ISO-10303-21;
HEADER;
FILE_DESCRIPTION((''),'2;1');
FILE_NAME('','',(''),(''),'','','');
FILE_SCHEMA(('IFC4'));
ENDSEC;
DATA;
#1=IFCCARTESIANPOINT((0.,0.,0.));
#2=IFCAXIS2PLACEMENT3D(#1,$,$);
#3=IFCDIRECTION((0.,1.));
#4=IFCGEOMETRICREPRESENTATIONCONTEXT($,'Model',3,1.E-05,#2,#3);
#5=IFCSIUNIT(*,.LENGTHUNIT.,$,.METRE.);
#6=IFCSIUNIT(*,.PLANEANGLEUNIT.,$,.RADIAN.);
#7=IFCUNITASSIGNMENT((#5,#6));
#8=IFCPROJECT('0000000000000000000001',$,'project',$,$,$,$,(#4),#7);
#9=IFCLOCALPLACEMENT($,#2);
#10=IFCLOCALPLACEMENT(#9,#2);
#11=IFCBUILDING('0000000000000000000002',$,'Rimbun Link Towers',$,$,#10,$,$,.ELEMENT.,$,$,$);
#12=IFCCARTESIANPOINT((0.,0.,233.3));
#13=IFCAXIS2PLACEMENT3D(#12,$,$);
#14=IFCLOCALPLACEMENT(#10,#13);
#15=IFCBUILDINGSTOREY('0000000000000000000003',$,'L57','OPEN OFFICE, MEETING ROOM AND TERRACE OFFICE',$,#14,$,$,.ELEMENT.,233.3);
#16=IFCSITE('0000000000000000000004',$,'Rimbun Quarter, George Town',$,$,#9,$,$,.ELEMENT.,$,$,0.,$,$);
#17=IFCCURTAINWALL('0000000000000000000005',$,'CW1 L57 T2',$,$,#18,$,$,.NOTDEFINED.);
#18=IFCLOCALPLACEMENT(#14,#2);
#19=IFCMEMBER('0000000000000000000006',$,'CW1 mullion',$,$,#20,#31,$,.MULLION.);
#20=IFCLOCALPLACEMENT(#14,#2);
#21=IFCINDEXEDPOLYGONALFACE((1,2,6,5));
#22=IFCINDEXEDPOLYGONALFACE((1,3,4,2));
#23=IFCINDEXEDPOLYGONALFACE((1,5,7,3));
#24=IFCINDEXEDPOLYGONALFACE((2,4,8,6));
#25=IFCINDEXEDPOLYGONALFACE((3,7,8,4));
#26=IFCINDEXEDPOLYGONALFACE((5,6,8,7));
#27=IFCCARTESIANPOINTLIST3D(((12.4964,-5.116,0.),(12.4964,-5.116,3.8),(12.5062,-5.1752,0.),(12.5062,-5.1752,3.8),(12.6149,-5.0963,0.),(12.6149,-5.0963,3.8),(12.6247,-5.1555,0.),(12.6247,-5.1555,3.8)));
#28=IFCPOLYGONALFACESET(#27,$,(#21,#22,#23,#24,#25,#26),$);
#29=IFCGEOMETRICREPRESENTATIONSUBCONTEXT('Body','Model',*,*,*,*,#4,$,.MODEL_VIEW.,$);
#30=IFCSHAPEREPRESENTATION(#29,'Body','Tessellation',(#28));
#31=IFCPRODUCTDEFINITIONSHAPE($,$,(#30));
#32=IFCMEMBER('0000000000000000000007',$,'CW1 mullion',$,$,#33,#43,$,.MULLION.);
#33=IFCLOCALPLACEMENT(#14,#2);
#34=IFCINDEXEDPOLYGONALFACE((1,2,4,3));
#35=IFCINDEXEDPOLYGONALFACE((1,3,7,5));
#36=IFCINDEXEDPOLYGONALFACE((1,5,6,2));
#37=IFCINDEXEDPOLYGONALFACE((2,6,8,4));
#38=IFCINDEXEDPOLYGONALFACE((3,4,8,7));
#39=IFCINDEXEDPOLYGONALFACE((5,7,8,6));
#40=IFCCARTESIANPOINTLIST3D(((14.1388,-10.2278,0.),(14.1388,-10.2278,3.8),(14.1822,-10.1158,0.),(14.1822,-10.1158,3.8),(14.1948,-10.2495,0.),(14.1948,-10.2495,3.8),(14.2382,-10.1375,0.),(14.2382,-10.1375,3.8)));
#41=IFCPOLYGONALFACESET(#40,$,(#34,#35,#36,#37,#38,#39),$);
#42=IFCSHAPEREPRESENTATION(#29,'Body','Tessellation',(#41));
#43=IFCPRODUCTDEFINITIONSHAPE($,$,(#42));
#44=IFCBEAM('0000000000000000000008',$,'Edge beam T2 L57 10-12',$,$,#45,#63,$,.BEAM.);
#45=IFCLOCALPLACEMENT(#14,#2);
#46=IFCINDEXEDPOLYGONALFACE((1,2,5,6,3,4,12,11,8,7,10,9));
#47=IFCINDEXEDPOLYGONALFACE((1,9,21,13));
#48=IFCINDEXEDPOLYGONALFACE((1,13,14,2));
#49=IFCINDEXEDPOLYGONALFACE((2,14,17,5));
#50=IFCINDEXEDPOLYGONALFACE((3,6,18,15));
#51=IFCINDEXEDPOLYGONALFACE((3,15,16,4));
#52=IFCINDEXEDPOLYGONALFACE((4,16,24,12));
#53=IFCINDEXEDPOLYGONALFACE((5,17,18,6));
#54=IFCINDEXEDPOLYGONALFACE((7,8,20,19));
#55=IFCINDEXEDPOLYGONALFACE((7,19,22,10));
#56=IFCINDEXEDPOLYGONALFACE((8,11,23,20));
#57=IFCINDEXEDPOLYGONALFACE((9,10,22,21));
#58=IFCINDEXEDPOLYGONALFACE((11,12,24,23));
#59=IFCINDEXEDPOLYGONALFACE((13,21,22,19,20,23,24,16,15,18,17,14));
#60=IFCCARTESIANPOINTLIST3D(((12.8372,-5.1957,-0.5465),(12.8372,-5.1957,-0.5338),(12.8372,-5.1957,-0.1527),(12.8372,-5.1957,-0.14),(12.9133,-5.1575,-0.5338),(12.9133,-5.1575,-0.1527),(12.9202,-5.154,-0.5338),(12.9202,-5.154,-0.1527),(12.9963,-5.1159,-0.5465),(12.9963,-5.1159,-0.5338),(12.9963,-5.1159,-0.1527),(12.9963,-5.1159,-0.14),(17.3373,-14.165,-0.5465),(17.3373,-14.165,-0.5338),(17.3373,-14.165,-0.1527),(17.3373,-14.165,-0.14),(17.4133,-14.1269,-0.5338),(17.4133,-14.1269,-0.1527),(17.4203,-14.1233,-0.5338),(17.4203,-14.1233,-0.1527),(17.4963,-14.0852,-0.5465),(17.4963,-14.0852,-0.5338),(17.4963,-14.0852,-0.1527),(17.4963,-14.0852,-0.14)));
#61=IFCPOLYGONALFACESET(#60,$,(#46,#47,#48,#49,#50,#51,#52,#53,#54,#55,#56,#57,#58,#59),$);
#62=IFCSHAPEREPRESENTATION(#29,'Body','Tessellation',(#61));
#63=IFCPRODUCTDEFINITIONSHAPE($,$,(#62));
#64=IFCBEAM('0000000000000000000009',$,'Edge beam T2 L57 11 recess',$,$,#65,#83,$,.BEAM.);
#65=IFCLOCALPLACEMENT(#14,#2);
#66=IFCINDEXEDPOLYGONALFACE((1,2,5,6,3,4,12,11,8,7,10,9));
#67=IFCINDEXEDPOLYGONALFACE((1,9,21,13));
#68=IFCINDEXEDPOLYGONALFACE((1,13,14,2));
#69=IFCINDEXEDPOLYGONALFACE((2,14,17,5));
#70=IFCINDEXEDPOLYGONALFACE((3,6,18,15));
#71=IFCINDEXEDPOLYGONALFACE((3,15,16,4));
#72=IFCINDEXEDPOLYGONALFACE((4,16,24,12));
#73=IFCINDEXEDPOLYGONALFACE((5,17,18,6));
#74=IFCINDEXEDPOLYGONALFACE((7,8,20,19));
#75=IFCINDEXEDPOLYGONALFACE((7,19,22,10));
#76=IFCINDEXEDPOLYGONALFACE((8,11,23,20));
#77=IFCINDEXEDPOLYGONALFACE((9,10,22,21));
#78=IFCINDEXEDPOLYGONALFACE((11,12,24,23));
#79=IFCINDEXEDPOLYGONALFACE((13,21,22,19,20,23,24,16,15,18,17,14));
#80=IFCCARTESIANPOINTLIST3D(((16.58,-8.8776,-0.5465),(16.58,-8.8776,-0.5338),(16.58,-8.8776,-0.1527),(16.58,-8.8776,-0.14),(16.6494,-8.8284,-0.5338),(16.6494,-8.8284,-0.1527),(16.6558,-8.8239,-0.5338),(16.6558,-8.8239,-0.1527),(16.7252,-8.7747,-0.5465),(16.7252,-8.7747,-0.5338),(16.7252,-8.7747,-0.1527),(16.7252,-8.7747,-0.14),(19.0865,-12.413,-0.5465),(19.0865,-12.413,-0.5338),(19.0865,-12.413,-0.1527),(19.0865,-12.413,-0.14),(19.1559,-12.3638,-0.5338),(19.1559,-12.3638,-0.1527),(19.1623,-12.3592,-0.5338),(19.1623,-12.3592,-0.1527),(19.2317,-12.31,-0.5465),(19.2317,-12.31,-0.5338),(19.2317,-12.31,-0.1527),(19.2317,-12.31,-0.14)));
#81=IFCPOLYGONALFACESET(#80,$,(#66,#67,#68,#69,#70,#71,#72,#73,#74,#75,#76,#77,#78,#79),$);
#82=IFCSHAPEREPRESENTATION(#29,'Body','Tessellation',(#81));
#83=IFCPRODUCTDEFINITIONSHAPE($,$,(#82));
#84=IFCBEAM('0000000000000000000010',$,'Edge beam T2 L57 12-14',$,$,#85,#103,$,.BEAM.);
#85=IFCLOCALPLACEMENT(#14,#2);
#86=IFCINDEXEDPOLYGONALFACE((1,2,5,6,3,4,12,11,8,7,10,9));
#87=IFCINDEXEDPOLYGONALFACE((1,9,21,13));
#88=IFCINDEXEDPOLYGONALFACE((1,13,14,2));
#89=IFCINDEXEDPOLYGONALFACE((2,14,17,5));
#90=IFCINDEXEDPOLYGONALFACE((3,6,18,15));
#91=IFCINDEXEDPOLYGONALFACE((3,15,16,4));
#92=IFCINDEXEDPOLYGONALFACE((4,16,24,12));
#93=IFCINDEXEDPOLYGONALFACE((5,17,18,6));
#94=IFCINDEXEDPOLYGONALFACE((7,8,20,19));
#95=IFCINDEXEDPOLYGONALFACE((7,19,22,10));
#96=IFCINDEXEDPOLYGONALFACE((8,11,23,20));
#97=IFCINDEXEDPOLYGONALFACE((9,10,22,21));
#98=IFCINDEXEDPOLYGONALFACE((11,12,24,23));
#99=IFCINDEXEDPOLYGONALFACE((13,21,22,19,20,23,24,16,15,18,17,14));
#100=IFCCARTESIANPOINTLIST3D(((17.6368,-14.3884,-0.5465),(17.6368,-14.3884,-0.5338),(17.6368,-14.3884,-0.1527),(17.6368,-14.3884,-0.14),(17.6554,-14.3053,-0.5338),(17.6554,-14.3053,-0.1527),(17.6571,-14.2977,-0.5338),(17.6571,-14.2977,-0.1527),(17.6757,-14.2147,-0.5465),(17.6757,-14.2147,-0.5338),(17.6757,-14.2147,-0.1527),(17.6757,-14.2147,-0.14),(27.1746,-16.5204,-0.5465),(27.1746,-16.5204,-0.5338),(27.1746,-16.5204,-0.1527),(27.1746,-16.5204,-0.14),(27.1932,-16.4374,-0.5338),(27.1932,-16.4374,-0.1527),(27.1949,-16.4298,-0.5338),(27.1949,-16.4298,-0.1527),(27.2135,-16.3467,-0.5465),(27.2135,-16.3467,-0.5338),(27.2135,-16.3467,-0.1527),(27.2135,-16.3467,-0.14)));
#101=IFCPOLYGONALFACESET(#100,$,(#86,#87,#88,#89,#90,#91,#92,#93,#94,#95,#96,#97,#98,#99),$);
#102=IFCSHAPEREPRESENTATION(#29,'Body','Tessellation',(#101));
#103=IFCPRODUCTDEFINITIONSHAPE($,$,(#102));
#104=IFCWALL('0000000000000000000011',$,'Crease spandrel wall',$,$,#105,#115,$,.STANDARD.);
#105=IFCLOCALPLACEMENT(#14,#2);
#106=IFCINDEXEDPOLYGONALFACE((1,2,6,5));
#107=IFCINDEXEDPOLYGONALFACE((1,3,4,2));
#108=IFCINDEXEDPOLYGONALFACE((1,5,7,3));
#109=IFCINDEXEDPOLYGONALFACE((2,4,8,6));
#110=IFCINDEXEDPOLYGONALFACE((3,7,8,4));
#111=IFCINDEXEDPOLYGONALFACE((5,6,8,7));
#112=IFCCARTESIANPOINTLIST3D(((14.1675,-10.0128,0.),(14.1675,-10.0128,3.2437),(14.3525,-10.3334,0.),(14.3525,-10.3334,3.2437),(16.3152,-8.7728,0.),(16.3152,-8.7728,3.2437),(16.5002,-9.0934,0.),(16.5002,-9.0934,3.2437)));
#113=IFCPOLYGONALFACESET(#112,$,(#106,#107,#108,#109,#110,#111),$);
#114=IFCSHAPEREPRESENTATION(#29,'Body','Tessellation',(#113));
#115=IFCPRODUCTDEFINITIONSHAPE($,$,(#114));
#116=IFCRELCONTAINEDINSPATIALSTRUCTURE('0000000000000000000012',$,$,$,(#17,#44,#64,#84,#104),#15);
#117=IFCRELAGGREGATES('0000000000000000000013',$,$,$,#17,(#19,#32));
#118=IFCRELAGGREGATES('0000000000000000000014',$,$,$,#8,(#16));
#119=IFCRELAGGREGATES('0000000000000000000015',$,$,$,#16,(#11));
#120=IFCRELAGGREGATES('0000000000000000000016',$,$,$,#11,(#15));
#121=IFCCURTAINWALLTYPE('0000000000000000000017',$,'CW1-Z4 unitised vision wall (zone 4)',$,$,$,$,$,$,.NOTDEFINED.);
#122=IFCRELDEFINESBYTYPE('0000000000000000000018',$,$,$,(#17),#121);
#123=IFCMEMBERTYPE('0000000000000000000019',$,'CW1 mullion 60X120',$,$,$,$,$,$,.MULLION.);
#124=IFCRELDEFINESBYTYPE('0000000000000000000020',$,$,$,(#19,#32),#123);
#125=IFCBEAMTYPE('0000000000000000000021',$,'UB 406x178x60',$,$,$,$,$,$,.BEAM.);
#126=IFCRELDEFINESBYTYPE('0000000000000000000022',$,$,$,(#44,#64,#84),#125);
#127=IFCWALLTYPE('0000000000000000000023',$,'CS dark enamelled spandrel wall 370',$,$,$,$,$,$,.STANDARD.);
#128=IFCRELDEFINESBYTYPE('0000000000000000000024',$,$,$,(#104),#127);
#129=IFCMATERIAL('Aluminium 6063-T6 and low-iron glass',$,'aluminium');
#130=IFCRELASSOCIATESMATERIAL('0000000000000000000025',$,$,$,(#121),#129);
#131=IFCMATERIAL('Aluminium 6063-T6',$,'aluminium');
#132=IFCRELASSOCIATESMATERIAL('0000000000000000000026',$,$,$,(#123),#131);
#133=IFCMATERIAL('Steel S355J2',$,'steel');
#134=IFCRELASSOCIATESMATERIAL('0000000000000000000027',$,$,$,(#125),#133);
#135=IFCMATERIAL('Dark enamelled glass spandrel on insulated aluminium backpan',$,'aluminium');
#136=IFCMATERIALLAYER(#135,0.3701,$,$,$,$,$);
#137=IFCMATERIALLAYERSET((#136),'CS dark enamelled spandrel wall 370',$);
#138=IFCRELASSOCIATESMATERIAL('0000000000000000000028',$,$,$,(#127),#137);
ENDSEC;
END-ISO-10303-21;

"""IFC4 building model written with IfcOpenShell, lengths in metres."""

from ifc_helpers import new_model, si_unit, direction, frame, frame_2d, origin, origin_2d, place, context, subcontext, project, spatial, rectangle, i_section, extrude, material, layer, layer_set, material_profile, profile_set, type_object, element, aggregate, save


model = new_model("IFC4")

# Units and contexts
model_context = context("Model", 3, precision=1e-05, world=origin(), true_north=direction((0.0, 1.0)))
body_context = subcontext(model_context, "Body", "Model", "MODEL_VIEW")
ifc_project = project(units=[si_unit("LENGTHUNIT", "METRE"), si_unit("PLANEANGLEUNIT", "RADIAN")], contexts=[model_context])

# Site, building, storey
site_placement = place(None, origin())
site = spatial("IfcSite", under=ifc_project, at=site_placement, Name="Rimbun Quarter, George Town", CompositionType="ELEMENT", RefElevation=0.0)
building_placement = place(site_placement, origin())
building = spatial("IfcBuilding", under=site, at=building_placement, Name="Rimbun Link Towers", CompositionType="ELEMENT")
storey_placement = place(building_placement, frame((0.0, 0.0, 233.3)))
storey = spatial("IfcBuildingStorey", under=building, at=storey_placement, Name="L57", Description="OPEN OFFICE, MEETING ROOM AND TERRACE OFFICE", CompositionType="ELEMENT", Elevation=233.3)

# Curtain wall, members
ifc_material_1 = material(Name="Aluminium 6063-T6 and low-iron glass", Category="aluminium")
curtain_wall_type = type_object("IfcCurtainWallType", Name="CW1-Z4 unitised vision wall (zone 4)", PredefinedType="NOTDEFINED", material=ifc_material_1)
curtain_wall_placement = place(storey_placement, origin())
curtain_wall = element("IfcCurtainWall", 1, at=curtain_wall_placement, inside=storey, type_object=curtain_wall_type, Name="CW1 L57 T2", PredefinedType="NOTDEFINED")
ifc_material_2 = material(Name="Aluminium 6063-T6", Category="aluminium")
ifc_material_profile_1 = material_profile(ifc_material_2, rectangle(XDim=0.1201, YDim=0.0601, at=origin_2d()), Name="MULLION 60X120")
ifc_profile_set_1 = profile_set([ifc_material_profile_1], Name="Aluminium 6063-T6")
member_type_1 = type_object("IfcMemberType", Name="CW1 mullion 60X120", PredefinedType="MULLION", material=ifc_profile_set_1)
member_1_placement = place(storey_placement, frame((12.5605, -5.1357, 0.0), z_axis=(0.0, 0.0, 1.0), x_axis=(-0.986502, -0.163749, 0.0)))
member_1 = element("IfcMember", 2, at=member_1_placement, type_object=member_type_1, Name="CW1 mullion", PredefinedType="MULLION", context=body_context, shape_type="SweptSolid", body=[
    extrude(rectangle(XDim=0.1201, YDim=0.0601, at=origin_2d()), origin(), (0.0, 0.0, 1.0), 3.8),
])
member_2_placement = place(storey_placement, frame((14.1885, -10.1826, 0.0), z_axis=(0.0, 0.0, 1.0), x_axis=(-0.361275, -0.932459, 0.0)))
member_2 = element("IfcMember", 3, at=member_2_placement, type_object=member_type_1, Name="CW1 mullion", PredefinedType="MULLION", context=body_context, shape_type="SweptSolid", body=[
    extrude(rectangle(XDim=0.1201, YDim=0.0601, at=origin_2d()), origin(), (0.0, 0.0, 1.0), 3.8),
])
aggregate(curtain_wall, [member_1, member_2])

# Beams
ifc_material_3 = material(Name="Steel S355J2", Category="steel")
ifc_material_profile_2 = material_profile(ifc_material_3, i_section(OverallWidth=0.178, OverallDepth=0.4065, WebThickness=0.0078, FlangeThickness=0.0127, at=origin_2d()), Name="UB 406x178x60")
ifc_profile_set_2 = profile_set([ifc_material_profile_2], Name="Steel S355J2")
beam_type = type_object("IfcBeamType", Name="UB 406x178x60", PredefinedType="BEAM", material=ifc_profile_set_2)
beam_1_placement = place(storey_placement, frame((12.9167, -5.1558, -0.3433), z_axis=(0.448439, -0.893813, 0.0), x_axis=(0.893813, 0.448439, 0.0)))
element("IfcBeam", 4, at=beam_1_placement, inside=storey, type_object=beam_type, Name="Edge beam T2 L57 10-12", PredefinedType="BEAM", context=body_context, shape_type="SweptSolid", body=[
    extrude(i_section(OverallWidth=0.178, OverallDepth=0.4065, WebThickness=0.0078, FlangeThickness=0.0127, at=origin_2d()), origin(), (0.0, 0.0, 1.0), 10.0349),
])
beam_2_placement = place(storey_placement, frame((16.6526, -8.8262, -0.3433), z_axis=(0.578378, -0.815769, 0.0), x_axis=(0.815769, 0.578378, 0.0)))
element("IfcBeam", 5, at=beam_2_placement, inside=storey, type_object=beam_type, Name="Edge beam T2 L57 11 recess", PredefinedType="BEAM", context=body_context, shape_type="SweptSolid", body=[
    extrude(i_section(OverallWidth=0.178, OverallDepth=0.4065, WebThickness=0.0078, FlangeThickness=0.0127, at=origin_2d()), origin(), (0.0, 0.0, 1.0), 4.3337),
])
beam_3_placement = place(storey_placement, frame((17.6562, -14.3015, -0.3433), z_axis=(0.975914, -0.218155, 0.0), x_axis=(0.218155, 0.975914, 0.0)))
element("IfcBeam", 6, at=beam_3_placement, inside=storey, type_object=beam_type, Name="Edge beam T2 L57 12-14", PredefinedType="BEAM", context=body_context, shape_type="SweptSolid", body=[
    extrude(i_section(OverallWidth=0.178, OverallDepth=0.4065, WebThickness=0.0078, FlangeThickness=0.0127, at=origin_2d()), origin(), (0.0, 0.0, 1.0), 9.7732),
])

# Wall
ifc_material_4 = material(Name="Dark enamelled glass spandrel on insulated aluminium backpan", Category="aluminium")
ifc_layer_1 = layer(ifc_material_4, 0.3701)
ifc_layer_set_1 = layer_set([ifc_layer_1], Name="CS dark enamelled spandrel wall 370")
wall_type_1 = type_object("IfcWallType", Name="CS dark enamelled spandrel wall 370", PredefinedType="STANDARD", material=ifc_layer_set_1)
wall_1_placement = place(storey_placement, frame((16.4077, -8.9331, 0.0), z_axis=(0.0, 0.0, 1.0), x_axis=(-0.866023, -0.500004, 0.0)))
element("IfcWall", 7, at=wall_1_placement, inside=storey, type_object=wall_type_1, Name="Crease spandrel wall", PredefinedType="STANDARD", context=body_context, shape_type="SweptSolid", body=[
    extrude(rectangle(XDim=2.48, YDim=0.3701, at=frame_2d((1.24, 0.0))), origin(), (0.0, 0.0, 1.0), 3.2437),
])

save(model, "model.ifc")
